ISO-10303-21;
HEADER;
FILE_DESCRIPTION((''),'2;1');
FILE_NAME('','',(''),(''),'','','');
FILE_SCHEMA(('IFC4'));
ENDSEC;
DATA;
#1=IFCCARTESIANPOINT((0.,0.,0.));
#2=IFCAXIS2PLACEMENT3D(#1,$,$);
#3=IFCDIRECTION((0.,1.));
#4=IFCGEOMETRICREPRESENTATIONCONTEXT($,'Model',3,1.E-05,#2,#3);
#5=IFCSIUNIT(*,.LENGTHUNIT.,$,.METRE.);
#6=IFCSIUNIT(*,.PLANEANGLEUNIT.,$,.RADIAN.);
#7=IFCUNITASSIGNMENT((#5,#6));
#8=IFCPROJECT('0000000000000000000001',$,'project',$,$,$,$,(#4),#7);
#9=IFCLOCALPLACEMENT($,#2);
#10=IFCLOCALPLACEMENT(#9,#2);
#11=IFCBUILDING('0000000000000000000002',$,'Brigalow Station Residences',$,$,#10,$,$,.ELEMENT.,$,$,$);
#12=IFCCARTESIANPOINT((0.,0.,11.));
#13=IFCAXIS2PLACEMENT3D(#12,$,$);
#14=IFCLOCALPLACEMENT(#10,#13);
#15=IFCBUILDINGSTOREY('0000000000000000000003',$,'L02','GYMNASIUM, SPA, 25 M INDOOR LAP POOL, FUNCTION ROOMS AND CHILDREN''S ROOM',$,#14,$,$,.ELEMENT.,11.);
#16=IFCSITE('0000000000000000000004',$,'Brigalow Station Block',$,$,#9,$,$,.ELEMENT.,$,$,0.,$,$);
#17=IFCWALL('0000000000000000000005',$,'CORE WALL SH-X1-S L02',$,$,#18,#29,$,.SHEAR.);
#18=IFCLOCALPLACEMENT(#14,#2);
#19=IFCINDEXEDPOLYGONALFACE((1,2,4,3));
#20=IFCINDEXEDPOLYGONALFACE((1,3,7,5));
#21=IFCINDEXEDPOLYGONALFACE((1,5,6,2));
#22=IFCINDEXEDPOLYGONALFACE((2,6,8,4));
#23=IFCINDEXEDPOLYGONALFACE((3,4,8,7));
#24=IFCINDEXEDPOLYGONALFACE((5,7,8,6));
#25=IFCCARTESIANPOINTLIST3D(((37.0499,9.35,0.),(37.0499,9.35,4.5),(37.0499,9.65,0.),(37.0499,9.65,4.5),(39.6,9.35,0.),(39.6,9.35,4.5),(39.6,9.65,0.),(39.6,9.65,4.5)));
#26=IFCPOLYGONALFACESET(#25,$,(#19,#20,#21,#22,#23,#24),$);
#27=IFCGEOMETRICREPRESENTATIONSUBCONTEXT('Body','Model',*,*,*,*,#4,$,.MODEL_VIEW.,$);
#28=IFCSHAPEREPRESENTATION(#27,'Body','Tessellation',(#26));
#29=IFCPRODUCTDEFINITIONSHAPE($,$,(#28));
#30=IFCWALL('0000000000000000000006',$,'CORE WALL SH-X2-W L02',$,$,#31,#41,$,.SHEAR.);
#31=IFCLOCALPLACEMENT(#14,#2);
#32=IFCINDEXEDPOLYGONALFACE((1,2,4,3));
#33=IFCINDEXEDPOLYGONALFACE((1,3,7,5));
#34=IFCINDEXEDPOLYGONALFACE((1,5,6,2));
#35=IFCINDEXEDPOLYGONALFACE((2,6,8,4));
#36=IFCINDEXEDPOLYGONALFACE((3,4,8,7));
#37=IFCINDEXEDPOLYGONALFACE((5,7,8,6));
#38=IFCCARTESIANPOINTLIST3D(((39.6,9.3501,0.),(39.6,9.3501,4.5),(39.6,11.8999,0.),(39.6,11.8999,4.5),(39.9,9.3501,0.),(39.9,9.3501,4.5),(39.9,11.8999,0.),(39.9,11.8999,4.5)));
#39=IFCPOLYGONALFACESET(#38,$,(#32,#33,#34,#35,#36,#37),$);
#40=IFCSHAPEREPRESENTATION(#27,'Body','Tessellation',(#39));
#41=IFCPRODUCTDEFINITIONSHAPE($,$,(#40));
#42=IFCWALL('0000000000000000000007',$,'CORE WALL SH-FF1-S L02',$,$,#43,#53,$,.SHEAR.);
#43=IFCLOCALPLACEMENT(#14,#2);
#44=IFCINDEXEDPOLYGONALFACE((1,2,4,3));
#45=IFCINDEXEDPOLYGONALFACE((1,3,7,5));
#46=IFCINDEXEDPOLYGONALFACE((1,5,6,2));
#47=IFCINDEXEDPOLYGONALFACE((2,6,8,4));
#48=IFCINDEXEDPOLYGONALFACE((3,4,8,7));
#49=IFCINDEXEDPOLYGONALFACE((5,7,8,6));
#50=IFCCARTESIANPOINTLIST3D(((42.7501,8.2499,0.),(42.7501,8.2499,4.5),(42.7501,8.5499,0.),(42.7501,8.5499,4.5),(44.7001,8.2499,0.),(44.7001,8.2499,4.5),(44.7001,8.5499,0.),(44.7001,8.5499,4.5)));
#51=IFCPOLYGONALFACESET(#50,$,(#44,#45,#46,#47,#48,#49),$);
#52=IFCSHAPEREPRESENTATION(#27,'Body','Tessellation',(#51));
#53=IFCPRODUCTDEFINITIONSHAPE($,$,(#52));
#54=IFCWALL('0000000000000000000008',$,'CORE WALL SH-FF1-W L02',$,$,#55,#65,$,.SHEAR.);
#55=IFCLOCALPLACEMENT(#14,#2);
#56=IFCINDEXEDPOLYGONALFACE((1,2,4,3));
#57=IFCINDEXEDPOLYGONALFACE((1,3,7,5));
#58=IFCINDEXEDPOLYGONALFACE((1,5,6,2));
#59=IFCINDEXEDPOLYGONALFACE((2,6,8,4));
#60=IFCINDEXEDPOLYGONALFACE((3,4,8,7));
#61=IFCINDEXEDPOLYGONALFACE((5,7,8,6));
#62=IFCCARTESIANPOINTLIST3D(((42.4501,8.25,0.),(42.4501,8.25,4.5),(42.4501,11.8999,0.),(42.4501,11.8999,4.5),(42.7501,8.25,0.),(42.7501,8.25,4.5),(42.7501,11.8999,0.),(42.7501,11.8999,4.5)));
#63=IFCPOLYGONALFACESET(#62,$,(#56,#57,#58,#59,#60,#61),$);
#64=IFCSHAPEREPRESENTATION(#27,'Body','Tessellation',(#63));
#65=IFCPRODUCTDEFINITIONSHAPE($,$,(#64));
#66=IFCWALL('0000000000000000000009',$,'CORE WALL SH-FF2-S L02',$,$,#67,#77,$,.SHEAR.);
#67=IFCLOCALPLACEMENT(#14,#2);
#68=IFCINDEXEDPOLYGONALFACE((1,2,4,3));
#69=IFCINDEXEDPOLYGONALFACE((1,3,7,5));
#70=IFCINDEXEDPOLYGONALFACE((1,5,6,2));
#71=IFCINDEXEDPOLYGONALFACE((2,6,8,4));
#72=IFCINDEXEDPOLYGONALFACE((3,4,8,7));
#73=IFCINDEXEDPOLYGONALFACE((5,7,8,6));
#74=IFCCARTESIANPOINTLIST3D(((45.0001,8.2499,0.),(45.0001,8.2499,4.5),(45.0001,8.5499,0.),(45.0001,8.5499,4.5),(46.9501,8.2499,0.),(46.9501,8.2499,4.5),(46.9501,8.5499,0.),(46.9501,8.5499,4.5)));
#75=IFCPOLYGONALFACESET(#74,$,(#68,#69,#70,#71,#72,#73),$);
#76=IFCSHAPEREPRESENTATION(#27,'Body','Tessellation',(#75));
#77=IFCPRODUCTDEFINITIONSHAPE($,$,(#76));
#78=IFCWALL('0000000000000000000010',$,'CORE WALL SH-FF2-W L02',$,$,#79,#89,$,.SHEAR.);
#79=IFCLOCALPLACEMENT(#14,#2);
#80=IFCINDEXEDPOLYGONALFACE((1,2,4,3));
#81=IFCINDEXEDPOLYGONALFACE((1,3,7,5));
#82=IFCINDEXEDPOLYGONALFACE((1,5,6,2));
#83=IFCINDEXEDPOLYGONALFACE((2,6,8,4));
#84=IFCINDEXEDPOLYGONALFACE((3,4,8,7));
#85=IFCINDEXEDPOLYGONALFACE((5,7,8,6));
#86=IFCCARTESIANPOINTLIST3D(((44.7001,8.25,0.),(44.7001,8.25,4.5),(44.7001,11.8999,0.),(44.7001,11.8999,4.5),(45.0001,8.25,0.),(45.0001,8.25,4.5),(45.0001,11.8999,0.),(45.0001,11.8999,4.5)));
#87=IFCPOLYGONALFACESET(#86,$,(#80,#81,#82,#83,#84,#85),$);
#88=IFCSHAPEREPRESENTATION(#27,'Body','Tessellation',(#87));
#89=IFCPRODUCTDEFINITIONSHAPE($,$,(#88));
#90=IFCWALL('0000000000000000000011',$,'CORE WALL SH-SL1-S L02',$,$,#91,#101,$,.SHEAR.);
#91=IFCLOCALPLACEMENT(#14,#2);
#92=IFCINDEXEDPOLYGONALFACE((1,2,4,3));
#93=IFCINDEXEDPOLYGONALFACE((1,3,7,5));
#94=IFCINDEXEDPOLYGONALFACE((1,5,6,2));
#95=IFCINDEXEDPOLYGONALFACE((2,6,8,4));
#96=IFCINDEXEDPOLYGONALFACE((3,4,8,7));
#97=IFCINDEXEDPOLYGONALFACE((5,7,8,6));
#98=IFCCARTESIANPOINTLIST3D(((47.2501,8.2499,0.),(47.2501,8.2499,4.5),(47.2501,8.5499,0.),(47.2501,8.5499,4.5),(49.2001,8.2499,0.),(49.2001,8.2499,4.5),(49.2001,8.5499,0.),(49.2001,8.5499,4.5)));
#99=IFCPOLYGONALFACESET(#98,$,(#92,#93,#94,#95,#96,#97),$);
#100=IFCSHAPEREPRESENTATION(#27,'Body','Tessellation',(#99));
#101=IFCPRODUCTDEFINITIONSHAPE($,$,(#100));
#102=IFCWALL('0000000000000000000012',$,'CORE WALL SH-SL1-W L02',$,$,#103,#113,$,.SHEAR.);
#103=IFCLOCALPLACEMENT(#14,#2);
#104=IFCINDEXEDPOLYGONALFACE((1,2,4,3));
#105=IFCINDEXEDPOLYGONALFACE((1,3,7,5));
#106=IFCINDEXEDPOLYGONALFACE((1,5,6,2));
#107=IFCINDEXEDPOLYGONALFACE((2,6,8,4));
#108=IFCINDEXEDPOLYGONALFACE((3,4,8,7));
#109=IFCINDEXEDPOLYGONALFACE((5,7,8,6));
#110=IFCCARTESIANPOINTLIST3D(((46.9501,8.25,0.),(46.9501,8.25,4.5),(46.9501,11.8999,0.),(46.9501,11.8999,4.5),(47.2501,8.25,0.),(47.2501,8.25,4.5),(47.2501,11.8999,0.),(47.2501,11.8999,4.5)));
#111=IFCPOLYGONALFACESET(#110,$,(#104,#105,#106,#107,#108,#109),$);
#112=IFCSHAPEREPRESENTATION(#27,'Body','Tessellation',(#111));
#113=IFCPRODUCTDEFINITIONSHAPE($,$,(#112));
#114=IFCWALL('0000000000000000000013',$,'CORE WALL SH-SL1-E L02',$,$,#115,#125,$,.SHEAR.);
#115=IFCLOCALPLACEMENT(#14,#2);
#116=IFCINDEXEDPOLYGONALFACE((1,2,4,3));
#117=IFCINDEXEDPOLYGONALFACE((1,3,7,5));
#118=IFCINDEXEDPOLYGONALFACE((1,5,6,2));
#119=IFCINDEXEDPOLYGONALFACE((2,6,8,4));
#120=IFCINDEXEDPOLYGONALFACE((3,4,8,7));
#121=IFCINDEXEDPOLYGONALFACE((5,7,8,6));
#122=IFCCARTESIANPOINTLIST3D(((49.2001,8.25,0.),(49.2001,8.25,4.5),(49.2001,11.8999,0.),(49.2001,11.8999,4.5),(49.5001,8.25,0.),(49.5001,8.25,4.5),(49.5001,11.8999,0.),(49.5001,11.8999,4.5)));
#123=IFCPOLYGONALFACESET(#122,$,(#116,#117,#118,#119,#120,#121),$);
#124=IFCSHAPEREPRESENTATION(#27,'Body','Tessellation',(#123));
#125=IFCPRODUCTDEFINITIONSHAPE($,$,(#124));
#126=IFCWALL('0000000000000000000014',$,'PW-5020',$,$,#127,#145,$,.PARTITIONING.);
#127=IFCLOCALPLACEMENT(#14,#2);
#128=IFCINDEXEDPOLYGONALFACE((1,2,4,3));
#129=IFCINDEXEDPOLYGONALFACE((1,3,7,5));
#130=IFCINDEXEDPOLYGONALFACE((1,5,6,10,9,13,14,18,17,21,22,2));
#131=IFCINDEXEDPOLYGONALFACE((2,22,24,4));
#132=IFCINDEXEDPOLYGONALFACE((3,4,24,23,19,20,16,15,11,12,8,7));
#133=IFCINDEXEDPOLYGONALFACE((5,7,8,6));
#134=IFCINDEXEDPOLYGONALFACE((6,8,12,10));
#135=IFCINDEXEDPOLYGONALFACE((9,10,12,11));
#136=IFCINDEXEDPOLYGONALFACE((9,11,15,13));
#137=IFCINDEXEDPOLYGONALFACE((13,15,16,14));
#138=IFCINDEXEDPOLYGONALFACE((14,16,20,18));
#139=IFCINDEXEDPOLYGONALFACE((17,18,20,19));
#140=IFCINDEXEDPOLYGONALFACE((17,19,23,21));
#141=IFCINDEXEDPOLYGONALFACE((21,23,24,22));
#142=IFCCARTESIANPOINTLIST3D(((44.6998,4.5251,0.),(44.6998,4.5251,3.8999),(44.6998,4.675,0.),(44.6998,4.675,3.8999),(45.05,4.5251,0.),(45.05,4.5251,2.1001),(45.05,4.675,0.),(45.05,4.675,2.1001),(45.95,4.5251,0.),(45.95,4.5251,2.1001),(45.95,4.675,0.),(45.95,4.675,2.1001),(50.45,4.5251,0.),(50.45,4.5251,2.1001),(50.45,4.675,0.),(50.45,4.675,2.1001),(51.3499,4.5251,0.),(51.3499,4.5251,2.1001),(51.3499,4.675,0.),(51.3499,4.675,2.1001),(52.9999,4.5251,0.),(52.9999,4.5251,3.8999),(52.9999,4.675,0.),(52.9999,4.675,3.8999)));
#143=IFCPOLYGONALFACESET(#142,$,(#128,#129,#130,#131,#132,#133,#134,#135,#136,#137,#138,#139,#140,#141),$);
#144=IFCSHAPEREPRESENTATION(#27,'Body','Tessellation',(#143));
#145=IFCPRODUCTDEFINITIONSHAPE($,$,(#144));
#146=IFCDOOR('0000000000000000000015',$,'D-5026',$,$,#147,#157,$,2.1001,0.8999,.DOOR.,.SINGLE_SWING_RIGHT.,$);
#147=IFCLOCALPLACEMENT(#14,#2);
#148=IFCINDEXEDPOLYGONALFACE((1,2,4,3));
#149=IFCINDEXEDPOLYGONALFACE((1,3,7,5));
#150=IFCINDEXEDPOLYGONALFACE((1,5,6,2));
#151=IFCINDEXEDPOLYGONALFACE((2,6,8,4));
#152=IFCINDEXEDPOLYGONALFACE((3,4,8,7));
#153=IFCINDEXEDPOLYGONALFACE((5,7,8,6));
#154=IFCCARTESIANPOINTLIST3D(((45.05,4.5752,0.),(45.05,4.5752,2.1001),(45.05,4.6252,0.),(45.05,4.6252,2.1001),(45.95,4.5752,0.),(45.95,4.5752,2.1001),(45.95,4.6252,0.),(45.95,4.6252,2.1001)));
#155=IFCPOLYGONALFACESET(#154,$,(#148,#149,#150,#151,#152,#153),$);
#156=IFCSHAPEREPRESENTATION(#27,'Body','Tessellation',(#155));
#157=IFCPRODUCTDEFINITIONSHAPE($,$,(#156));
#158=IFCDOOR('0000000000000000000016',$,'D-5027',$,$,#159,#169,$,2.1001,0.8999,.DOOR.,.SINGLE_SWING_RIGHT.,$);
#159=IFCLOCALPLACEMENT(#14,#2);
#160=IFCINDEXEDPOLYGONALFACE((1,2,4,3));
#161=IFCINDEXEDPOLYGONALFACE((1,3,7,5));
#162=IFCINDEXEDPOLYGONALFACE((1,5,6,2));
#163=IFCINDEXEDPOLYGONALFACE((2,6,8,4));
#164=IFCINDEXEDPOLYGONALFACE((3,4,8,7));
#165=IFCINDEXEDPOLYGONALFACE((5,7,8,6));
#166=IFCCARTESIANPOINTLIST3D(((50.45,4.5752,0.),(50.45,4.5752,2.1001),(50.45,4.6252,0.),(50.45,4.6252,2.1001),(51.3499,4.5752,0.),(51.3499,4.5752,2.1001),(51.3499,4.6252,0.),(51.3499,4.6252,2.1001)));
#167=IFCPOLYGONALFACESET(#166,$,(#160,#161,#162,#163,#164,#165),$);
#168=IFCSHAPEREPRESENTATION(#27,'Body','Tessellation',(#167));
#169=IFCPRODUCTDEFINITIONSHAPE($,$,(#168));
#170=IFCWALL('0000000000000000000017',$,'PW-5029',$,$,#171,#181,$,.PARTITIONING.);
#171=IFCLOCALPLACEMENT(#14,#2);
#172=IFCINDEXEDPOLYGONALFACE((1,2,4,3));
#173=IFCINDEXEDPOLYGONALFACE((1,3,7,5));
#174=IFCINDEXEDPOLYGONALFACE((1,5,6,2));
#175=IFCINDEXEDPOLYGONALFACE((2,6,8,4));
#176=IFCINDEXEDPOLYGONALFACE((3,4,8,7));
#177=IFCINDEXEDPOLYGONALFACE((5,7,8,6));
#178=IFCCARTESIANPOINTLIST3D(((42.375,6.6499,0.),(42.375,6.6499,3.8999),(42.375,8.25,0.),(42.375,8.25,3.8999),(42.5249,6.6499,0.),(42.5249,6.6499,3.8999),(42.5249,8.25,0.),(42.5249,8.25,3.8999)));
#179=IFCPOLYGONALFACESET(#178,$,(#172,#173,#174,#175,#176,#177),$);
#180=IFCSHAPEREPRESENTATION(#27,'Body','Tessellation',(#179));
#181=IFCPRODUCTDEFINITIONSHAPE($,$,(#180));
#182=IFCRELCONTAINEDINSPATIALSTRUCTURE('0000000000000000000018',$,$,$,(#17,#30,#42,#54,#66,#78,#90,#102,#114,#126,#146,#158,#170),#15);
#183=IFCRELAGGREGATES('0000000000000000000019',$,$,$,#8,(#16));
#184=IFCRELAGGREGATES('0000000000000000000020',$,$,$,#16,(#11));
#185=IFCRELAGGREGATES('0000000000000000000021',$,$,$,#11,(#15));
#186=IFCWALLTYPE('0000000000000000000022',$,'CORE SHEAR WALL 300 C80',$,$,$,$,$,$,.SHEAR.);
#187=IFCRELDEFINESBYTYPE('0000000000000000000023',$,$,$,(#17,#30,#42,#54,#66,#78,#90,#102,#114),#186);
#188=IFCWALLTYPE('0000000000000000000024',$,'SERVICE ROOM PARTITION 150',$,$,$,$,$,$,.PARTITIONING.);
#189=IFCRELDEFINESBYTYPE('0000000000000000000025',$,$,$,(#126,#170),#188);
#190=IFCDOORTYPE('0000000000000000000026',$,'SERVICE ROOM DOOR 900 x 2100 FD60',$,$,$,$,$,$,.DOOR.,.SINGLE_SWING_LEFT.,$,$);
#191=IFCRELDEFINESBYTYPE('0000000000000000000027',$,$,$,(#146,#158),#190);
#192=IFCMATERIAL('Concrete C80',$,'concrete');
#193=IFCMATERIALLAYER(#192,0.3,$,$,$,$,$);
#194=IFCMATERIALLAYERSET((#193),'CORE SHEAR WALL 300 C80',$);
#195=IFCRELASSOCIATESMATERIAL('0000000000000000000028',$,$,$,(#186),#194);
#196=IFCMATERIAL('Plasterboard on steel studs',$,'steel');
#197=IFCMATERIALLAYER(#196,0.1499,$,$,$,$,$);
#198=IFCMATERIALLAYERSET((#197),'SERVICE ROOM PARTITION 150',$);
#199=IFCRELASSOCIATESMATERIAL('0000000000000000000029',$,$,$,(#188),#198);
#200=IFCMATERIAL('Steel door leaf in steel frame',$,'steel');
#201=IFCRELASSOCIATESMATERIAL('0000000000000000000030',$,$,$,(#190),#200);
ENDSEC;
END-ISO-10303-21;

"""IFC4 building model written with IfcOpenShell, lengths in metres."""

from ifc_helpers import new_model, si_unit, direction, frame, frame_2d, origin, place, context, subcontext, project, spatial, rectangle, extrude, material, layer, layer_set, type_object, element, fill, save


model = new_model("IFC4")

# Units and contexts
model_context = context("Model", 3, precision=1e-05, world=origin(), true_north=direction((0.0, 1.0)))
body_context = subcontext(model_context, "Body", "Model", "MODEL_VIEW")
ifc_project = project(units=[si_unit("LENGTHUNIT", "METRE"), si_unit("PLANEANGLEUNIT", "RADIAN")], contexts=[model_context])

# Site, building, storey
site_placement = place(None, origin())
site = spatial("IfcSite", under=ifc_project, at=site_placement, Name="Brigalow Station Block", CompositionType="ELEMENT", RefElevation=0.0)
building_placement = place(site_placement, origin())
building = spatial("IfcBuilding", under=site, at=building_placement, Name="Brigalow Station Residences", CompositionType="ELEMENT")
storey_placement = place(building_placement, frame((0.0, 0.0, 11.0)))
storey = spatial("IfcBuildingStorey", under=building, at=storey_placement, Name="L02", Description="GYMNASIUM, SPA, 25 M INDOOR LAP POOL, FUNCTION ROOMS AND CHILDREN'S ROOM", CompositionType="ELEMENT", Elevation=11.0)

# Walls
ifc_material_1 = material(Name="Concrete C80", Category="concrete")
ifc_layer_1 = layer(ifc_material_1, 0.3)
ifc_layer_set_1 = layer_set([ifc_layer_1], Name="CORE SHEAR WALL 300 C80")
wall_type_1 = type_object("IfcWallType", Name="CORE SHEAR WALL 300 C80", PredefinedType="SHEAR", material=ifc_layer_set_1)
wall_1_placement = place(storey_placement, frame((37.05, 9.5, 0.0), z_axis=(0.0, 0.0, 1.0), x_axis=(1.0, 0.0, 0.0)))
element("IfcWall", 1, at=wall_1_placement, inside=storey, type_object=wall_type_1, Name="CORE WALL SH-X1-S L02", PredefinedType="SHEAR", context=body_context, shape_type="SweptSolid", body=[
    extrude(rectangle(XDim=2.55, YDim=0.3, at=frame_2d((1.2749, 0.0))), origin(), (0.0, 0.0, 1.0), 4.5),
])
wall_2_placement = place(storey_placement, frame((39.75, 9.3501, 0.0), z_axis=(0.0, 0.0, 1.0), x_axis=(0.0, 1.0, 0.0)))
element("IfcWall", 2, at=wall_2_placement, inside=storey, type_object=wall_type_1, Name="CORE WALL SH-X2-W L02", PredefinedType="SHEAR", context=body_context, shape_type="SweptSolid", body=[
    extrude(rectangle(XDim=2.5498, YDim=0.3, at=frame_2d((1.2749, 0.0))), origin(), (0.0, 0.0, 1.0), 4.5),
])
wall_3_placement = place(storey_placement, frame((42.75, 8.3999, 0.0), z_axis=(0.0, 0.0, 1.0), x_axis=(1.0, 0.0, 0.0)))
element("IfcWall", 3, at=wall_3_placement, inside=storey, type_object=wall_type_1, Name="CORE WALL SH-FF1-S L02", PredefinedType="SHEAR", context=body_context, shape_type="SweptSolid", body=[
    extrude(rectangle(XDim=1.95, YDim=0.3, at=frame_2d((0.9751, 0.0))), origin(), (0.0, 0.0, 1.0), 4.5),
])
wall_4_placement = place(storey_placement, frame((42.6001, 8.25, 0.0), z_axis=(0.0, 0.0, 1.0), x_axis=(0.0, 1.0, 0.0)))
element("IfcWall", 4, at=wall_4_placement, inside=storey, type_object=wall_type_1, Name="CORE WALL SH-FF1-W L02", PredefinedType="SHEAR", context=body_context, shape_type="SweptSolid", body=[
    extrude(rectangle(XDim=3.6499, YDim=0.3, at=frame_2d((1.825, 0.0))), origin(), (0.0, 0.0, 1.0), 4.5),
])
wall_5_placement = place(storey_placement, frame((45.0, 8.3999, 0.0), z_axis=(0.0, 0.0, 1.0), x_axis=(1.0, 0.0, 0.0)))
element("IfcWall", 5, at=wall_5_placement, inside=storey, type_object=wall_type_1, Name="CORE WALL SH-FF2-S L02", PredefinedType="SHEAR", context=body_context, shape_type="SweptSolid", body=[
    extrude(rectangle(XDim=1.95, YDim=0.3, at=frame_2d((0.9751, 0.0))), origin(), (0.0, 0.0, 1.0), 4.5),
])
wall_6_placement = place(storey_placement, frame((44.8501, 8.25, 0.0), z_axis=(0.0, 0.0, 1.0), x_axis=(0.0, 1.0, 0.0)))
element("IfcWall", 6, at=wall_6_placement, inside=storey, type_object=wall_type_1, Name="CORE WALL SH-FF2-W L02", PredefinedType="SHEAR", context=body_context, shape_type="SweptSolid", body=[
    extrude(rectangle(XDim=3.6499, YDim=0.3, at=frame_2d((1.825, 0.0))), origin(), (0.0, 0.0, 1.0), 4.5),
])
wall_7_placement = place(storey_placement, frame((47.25, 8.3999, 0.0), z_axis=(0.0, 0.0, 1.0), x_axis=(1.0, 0.0, 0.0)))
element("IfcWall", 7, at=wall_7_placement, inside=storey, type_object=wall_type_1, Name="CORE WALL SH-SL1-S L02", PredefinedType="SHEAR", context=body_context, shape_type="SweptSolid", body=[
    extrude(rectangle(XDim=1.95, YDim=0.3, at=frame_2d((0.9751, 0.0))), origin(), (0.0, 0.0, 1.0), 4.5),
])
for number, where, z_axis, x_axis, name in (
    (8, (47.1001, 8.25, 0.0), (0.0, 0.0, 1.0), (0.0, 1.0, 0.0), "CORE WALL SH-SL1-W L02"),
    (9, (49.3501, 8.25, 0.0), (0.0, 0.0, 1.0), (0.0, 1.0, 0.0), "CORE WALL SH-SL1-E L02"),
):
    element("IfcWall", number, at=place(storey_placement, frame(where, z_axis=z_axis, x_axis=x_axis)), inside=storey, type_object=wall_type_1, Name=name, PredefinedType="SHEAR", context=body_context, shape_type="SweptSolid", body=[
        extrude(rectangle(XDim=3.6499, YDim=0.3, at=frame_2d((1.825, 0.0))), origin(), (0.0, 0.0, 1.0), 4.5),
    ])

# Wall, openings, doors
ifc_material_2 = material(Name="Plasterboard on steel studs", Category="steel")
ifc_layer_2 = layer(ifc_material_2, 0.1499)
ifc_layer_set_2 = layer_set([ifc_layer_2], Name="SERVICE ROOM PARTITION 150")
wall_type_2 = type_object("IfcWallType", Name="SERVICE ROOM PARTITION 150", PredefinedType="PARTITIONING", material=ifc_layer_set_2)
wall_8_placement = place(storey_placement, frame((44.7, 4.6001, 0.0), z_axis=(0.0, 0.0, 1.0), x_axis=(1.0, 0.0, 0.0)))
wall_8 = element("IfcWall", 10, at=wall_8_placement, inside=storey, type_object=wall_type_2, Name="PW-5020", PredefinedType="PARTITIONING", context=body_context, shape_type="SweptSolid", body=[
    extrude(rectangle(XDim=8.3, YDim=0.1499, at=frame_2d((4.1499, 0.0))), origin(), (0.0, 0.0, 1.0), 3.8999),
])
opening_1_placement = place(wall_8_placement, frame((0.3501, 0.0, 0.0)))
opening_1 = element("IfcOpeningElement", 11, at=opening_1_placement, cuts=wall_8, PredefinedType="OPENING", context=body_context, shape_type="SweptSolid", body=[
    extrude(rectangle(XDim=0.8999, YDim=2.1001, at=frame_2d((0.45, 1.05))), frame((0.0, 0.085, 0.0), z_axis=(0.0, -1.0, 0.0), x_axis=(1.0, 0.0, 0.0)), (0.0, 0.0, 1.0), 0.1699),
])
opening_2_placement = place(wall_8_placement, frame((5.75, 0.0, 0.0)))
opening_2 = element("IfcOpeningElement", 12, at=opening_2_placement, cuts=wall_8, PredefinedType="OPENING", context=body_context, shape_type="SweptSolid", body=[
    extrude(rectangle(XDim=0.8999, YDim=2.1001, at=frame_2d((0.45, 1.05))), frame((0.0, 0.085, 0.0), z_axis=(0.0, -1.0, 0.0), x_axis=(1.0, 0.0, 0.0)), (0.0, 0.0, 1.0), 0.1699),
])
ifc_material_3 = material(Name="Steel door leaf in steel frame", Category="steel")
door_type = type_object("IfcDoorType", Name="SERVICE ROOM DOOR 900 x 2100 FD60", OperationType="SINGLE_SWING_LEFT", PredefinedType="DOOR", material=ifc_material_3)
door_1_placement = place(opening_1_placement, frame((0.8999, 0.0, 0.0), z_axis=(0.0, 0.0, 1.0), x_axis=(-1.0, 0.0, 0.0)))
door_1 = element("IfcDoor", 13, at=door_1_placement, inside=storey, type_object=door_type, Name="D-5026", OperationType="SINGLE_SWING_RIGHT", OverallHeight=2.1001, OverallWidth=0.8999, PredefinedType="DOOR", context=body_context, shape_type="SweptSolid", body=[
    extrude(rectangle(XDim=0.8999, YDim=2.1001, at=frame_2d((0.45, 1.05))), frame((0.0, 0.0249, 0.0), z_axis=(0.0, -1.0, 0.0), x_axis=(1.0, 0.0, 0.0)), (0.0, 0.0, 1.0), 0.05),
])
fill(opening_1, door_1)
door_2_placement = place(opening_2_placement, frame((0.8999, 0.0, 0.0), z_axis=(0.0, 0.0, 1.0), x_axis=(-1.0, 0.0, 0.0)))
door_2 = element("IfcDoor", 14, at=door_2_placement, inside=storey, type_object=door_type, Name="D-5027", OperationType="SINGLE_SWING_RIGHT", OverallHeight=2.1001, OverallWidth=0.8999, PredefinedType="DOOR", context=body_context, shape_type="SweptSolid", body=[
    extrude(rectangle(XDim=0.8999, YDim=2.1001, at=frame_2d((0.45, 1.05))), frame((0.0, 0.0249, 0.0), z_axis=(0.0, -1.0, 0.0), x_axis=(1.0, 0.0, 0.0)), (0.0, 0.0, 1.0), 0.05),
])
fill(opening_2, door_2)

# Wall
wall_9_placement = place(storey_placement, frame((42.45, 6.6499, 0.0), z_axis=(0.0, 0.0, 1.0), x_axis=(0.0, 1.0, 0.0)))
element("IfcWall", 15, at=wall_9_placement, inside=storey, type_object=wall_type_2, Name="PW-5029", PredefinedType="PARTITIONING", context=body_context, shape_type="SweptSolid", body=[
    extrude(rectangle(XDim=1.6001, YDim=0.1499, at=frame_2d((0.8, 0.0))), origin(), (0.0, 0.0, 1.0), 3.8999),
])

save(model, "model.ifc")
